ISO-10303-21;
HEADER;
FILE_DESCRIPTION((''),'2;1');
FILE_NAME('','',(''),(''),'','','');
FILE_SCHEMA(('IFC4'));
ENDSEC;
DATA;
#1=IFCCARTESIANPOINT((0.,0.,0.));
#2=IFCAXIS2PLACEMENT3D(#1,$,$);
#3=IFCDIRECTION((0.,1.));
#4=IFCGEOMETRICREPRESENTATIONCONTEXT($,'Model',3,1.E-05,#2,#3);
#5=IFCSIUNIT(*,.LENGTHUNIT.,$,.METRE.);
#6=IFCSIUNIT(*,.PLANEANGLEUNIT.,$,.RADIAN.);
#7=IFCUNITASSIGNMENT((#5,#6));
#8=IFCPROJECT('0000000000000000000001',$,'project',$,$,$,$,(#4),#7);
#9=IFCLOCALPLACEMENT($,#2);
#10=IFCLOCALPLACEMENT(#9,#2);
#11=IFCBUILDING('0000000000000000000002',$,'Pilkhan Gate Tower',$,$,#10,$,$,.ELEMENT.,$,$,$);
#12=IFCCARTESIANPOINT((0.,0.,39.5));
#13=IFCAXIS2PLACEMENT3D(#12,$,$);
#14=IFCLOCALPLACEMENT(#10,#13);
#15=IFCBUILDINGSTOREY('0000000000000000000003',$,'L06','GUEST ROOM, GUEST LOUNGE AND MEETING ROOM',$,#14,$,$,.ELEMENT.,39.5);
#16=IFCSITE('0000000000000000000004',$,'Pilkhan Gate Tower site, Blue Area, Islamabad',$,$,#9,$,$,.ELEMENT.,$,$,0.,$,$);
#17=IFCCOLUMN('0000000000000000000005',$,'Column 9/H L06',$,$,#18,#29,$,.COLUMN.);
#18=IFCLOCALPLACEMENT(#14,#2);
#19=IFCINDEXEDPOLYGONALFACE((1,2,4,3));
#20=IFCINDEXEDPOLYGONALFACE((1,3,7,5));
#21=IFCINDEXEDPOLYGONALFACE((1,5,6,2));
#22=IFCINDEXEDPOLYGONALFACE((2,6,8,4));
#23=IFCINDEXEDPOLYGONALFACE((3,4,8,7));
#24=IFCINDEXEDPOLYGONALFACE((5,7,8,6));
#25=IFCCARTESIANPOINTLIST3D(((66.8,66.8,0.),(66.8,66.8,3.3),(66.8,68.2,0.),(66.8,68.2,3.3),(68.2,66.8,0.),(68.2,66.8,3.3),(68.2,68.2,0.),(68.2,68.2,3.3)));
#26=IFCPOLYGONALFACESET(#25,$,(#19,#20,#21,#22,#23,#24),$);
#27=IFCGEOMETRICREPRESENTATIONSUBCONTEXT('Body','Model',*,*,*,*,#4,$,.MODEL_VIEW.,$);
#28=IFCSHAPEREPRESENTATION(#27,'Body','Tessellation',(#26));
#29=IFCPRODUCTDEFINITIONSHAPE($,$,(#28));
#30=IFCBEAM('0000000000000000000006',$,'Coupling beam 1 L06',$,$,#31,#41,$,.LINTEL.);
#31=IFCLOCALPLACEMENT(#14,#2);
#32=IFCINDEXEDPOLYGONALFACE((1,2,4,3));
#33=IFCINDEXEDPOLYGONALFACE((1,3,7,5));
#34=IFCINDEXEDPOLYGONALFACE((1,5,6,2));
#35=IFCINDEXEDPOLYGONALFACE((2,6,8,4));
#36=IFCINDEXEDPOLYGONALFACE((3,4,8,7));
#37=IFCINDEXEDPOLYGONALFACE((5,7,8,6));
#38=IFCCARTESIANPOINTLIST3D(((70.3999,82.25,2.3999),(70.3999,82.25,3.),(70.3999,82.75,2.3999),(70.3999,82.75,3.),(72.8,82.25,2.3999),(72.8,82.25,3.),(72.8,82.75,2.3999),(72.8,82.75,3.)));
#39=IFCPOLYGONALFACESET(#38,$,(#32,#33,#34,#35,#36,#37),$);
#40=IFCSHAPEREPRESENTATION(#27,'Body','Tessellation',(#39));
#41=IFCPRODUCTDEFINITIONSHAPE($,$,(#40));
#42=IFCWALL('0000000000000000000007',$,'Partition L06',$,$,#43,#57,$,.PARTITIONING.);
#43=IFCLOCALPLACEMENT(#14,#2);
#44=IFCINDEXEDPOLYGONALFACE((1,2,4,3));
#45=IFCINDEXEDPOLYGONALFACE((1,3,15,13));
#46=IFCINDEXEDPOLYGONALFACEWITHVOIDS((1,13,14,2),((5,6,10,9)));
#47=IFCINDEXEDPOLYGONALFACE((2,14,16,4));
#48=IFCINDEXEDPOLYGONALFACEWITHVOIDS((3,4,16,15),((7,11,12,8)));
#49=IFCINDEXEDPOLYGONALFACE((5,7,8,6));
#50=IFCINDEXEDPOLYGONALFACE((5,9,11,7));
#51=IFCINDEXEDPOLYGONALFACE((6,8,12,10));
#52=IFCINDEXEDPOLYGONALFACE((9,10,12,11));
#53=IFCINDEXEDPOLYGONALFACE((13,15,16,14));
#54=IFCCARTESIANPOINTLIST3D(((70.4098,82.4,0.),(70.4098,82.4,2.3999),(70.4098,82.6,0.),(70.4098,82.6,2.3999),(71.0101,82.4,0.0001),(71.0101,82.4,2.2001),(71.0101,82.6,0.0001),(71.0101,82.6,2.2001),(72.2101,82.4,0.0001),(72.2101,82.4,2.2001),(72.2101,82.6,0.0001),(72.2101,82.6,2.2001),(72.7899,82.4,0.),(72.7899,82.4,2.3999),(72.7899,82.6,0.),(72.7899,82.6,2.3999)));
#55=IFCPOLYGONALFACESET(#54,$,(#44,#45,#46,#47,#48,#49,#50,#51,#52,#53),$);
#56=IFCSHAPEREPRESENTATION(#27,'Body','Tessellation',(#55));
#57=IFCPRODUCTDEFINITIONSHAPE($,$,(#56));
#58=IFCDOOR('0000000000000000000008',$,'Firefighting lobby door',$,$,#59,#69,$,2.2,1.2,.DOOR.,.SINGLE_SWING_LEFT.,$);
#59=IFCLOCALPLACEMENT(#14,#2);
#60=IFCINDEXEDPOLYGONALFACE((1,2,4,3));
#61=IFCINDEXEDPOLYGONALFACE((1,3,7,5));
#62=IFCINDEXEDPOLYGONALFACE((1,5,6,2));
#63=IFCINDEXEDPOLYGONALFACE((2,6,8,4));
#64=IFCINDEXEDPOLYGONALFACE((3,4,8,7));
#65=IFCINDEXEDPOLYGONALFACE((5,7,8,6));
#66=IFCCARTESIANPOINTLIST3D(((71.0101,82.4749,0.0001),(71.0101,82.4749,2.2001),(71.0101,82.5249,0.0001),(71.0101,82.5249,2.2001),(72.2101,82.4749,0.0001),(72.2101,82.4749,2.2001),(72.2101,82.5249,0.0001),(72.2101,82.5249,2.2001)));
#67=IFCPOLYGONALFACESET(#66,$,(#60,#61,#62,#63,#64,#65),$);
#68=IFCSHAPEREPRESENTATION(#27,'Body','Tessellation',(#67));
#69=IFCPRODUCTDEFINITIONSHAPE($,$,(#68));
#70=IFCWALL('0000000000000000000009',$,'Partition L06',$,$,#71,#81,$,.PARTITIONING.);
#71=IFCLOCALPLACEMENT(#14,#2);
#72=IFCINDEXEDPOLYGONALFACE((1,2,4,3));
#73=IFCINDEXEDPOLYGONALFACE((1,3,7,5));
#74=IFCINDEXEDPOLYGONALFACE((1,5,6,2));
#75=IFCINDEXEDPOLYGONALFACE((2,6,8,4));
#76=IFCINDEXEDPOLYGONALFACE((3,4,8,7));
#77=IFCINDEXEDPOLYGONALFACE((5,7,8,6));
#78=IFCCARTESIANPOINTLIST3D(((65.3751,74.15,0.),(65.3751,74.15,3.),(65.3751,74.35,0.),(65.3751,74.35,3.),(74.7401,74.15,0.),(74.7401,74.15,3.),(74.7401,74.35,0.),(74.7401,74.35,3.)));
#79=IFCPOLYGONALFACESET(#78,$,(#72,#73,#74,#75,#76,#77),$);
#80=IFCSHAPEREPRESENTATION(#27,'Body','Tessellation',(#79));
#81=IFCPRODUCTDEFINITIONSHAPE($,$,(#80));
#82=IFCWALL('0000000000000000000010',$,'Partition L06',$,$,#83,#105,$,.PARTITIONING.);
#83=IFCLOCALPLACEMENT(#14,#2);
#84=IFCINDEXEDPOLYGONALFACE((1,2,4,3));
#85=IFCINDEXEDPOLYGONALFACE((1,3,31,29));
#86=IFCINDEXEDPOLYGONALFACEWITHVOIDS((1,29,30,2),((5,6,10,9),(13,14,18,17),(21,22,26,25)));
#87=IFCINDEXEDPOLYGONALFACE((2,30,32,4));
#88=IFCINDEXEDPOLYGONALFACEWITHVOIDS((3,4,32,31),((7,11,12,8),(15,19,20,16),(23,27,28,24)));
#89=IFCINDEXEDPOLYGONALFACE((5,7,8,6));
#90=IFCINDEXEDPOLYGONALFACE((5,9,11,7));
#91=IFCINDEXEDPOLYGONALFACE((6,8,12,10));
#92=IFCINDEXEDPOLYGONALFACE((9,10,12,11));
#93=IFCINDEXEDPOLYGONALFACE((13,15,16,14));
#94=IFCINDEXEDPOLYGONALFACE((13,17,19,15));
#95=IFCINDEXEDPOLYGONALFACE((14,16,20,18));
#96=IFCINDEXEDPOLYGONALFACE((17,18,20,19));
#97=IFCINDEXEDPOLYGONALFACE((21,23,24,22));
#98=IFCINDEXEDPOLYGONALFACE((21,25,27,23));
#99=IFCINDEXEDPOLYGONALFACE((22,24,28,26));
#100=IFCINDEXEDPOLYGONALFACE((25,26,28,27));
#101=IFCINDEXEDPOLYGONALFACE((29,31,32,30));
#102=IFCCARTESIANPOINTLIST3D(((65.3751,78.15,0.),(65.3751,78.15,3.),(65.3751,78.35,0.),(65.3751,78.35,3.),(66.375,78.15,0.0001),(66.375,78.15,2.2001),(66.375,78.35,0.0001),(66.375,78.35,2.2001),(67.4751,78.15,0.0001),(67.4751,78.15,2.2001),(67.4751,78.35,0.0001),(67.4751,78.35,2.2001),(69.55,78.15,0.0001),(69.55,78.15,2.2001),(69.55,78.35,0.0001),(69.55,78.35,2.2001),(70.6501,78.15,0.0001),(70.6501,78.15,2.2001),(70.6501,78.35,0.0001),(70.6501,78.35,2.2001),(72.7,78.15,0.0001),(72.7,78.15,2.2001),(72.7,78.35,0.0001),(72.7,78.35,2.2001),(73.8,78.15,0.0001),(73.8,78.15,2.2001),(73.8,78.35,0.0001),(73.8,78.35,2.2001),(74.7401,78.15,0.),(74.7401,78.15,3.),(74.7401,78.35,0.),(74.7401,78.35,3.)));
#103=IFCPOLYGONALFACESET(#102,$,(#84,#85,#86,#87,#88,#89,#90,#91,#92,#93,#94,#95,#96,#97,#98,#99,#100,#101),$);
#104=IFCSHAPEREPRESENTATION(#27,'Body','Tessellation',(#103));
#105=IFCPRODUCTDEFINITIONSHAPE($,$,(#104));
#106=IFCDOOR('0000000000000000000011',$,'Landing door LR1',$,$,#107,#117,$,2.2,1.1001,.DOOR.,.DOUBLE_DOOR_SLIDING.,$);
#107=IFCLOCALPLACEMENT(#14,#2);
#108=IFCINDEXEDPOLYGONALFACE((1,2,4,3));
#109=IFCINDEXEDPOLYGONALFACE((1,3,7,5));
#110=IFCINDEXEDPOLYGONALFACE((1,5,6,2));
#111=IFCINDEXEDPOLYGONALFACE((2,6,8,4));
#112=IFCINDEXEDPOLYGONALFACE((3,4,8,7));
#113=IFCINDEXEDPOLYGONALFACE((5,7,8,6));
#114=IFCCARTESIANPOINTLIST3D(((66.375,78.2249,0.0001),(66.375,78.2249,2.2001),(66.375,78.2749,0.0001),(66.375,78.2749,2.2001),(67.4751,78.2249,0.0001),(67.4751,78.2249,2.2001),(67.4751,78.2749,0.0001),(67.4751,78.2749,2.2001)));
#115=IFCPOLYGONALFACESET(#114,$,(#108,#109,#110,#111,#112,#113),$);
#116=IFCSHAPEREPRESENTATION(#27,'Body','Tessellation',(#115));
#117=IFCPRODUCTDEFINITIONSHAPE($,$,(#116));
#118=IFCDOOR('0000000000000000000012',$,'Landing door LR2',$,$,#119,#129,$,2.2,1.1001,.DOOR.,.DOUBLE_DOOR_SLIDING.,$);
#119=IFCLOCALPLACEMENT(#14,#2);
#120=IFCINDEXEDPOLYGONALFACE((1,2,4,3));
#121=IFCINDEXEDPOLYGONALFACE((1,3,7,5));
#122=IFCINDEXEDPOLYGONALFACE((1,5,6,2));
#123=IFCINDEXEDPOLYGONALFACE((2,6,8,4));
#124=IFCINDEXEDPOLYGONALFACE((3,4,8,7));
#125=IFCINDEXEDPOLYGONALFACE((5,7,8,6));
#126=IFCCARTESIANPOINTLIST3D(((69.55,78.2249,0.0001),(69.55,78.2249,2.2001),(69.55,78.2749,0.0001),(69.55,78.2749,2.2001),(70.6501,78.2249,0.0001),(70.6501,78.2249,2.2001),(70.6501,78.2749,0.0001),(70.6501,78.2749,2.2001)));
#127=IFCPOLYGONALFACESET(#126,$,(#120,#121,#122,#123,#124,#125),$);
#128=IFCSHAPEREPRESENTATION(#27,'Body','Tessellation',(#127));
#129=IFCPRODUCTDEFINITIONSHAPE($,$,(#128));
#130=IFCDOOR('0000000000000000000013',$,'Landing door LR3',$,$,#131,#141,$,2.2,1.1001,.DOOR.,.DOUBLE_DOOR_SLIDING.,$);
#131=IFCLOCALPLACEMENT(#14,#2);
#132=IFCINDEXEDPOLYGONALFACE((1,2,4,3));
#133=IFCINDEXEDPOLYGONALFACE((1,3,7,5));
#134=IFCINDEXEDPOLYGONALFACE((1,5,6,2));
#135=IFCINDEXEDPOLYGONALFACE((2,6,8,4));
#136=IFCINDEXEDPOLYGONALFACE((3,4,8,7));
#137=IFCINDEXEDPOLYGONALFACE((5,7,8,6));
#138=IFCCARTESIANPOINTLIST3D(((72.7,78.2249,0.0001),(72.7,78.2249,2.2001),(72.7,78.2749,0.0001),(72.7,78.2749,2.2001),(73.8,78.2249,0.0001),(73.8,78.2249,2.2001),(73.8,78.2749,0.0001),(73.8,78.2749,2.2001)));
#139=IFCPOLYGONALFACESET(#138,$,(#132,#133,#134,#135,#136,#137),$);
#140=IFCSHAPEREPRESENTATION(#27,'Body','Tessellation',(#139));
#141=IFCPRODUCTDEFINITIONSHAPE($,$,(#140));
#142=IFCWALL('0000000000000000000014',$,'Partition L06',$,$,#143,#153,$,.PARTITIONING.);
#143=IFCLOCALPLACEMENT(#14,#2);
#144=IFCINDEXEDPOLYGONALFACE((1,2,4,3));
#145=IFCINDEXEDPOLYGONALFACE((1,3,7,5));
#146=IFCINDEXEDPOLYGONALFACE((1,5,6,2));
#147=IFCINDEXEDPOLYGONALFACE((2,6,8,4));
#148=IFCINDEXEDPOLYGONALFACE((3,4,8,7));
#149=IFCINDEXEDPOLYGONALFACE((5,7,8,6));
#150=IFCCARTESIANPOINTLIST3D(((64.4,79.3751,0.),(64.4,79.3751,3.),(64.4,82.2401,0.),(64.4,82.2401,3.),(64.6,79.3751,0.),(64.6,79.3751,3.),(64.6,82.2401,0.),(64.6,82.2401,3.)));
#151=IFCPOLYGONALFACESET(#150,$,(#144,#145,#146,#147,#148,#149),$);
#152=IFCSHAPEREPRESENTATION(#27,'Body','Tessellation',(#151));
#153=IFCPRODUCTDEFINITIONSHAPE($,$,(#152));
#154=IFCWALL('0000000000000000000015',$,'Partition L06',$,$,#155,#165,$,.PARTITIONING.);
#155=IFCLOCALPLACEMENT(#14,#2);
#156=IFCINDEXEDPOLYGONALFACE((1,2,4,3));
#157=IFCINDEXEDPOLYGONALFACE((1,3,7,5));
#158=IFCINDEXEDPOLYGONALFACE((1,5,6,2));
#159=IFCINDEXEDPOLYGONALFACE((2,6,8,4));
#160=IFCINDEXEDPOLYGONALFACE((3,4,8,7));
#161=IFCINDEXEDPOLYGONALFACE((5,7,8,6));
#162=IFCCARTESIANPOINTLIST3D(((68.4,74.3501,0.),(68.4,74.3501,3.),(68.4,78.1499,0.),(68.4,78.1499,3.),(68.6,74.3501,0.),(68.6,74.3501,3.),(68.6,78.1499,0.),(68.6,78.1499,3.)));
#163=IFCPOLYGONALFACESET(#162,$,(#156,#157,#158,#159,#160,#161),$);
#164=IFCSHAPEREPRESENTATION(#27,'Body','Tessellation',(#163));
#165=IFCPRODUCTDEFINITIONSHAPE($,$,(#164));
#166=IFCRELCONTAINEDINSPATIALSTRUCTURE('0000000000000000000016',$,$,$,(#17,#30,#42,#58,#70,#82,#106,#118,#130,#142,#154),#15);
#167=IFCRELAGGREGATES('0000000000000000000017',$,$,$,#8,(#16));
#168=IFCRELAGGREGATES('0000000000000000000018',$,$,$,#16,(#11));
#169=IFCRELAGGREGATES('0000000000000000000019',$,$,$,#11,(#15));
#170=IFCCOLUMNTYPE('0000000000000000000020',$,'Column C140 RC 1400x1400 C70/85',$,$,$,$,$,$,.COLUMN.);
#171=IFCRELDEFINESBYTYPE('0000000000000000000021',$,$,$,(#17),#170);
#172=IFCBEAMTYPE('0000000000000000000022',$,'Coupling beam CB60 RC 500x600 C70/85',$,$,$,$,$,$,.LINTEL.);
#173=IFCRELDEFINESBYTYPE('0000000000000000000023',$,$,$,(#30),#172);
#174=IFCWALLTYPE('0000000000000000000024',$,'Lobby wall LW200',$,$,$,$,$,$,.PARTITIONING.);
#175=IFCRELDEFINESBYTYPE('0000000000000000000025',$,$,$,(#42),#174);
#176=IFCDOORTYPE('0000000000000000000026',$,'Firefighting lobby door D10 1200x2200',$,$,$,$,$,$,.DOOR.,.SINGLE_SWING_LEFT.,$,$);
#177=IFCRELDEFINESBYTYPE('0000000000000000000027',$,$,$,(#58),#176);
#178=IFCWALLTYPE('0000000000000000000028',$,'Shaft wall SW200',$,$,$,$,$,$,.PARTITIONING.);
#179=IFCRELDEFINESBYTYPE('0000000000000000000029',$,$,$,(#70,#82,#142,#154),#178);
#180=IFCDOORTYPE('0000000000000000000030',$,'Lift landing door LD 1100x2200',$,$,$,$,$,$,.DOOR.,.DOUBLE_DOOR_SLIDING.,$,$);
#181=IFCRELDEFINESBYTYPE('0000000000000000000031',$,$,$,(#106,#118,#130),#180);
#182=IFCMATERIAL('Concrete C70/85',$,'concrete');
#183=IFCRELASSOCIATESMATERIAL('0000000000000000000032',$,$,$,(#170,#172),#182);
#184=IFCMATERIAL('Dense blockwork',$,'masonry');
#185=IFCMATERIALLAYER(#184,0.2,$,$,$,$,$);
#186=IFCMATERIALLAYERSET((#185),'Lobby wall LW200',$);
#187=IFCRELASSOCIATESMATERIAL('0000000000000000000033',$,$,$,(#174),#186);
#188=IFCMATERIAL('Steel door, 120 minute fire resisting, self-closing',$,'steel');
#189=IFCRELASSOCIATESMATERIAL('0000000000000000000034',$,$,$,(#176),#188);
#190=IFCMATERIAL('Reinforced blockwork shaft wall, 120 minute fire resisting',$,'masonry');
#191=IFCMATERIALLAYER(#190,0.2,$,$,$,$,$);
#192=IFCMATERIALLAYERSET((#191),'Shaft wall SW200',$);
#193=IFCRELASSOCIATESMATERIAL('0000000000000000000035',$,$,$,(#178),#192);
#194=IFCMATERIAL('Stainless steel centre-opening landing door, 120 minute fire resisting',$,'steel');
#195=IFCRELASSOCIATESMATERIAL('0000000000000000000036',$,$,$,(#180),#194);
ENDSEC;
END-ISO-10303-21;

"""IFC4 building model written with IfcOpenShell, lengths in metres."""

from ifc_helpers import new_model, si_unit, direction, frame, frame_2d, origin, origin_2d, place, context, subcontext, project, spatial, rectangle, extrude, material, layer, layer_set, material_profile, profile_set, type_object, element, fill, save


model = new_model("IFC4")

# Units and contexts
model_context = context("Model", 3, precision=1e-05, world=origin(), true_north=direction((0.0, 1.0)))
body_context = subcontext(model_context, "Body", "Model", "MODEL_VIEW")
ifc_project = project(units=[si_unit("LENGTHUNIT", "METRE"), si_unit("PLANEANGLEUNIT", "RADIAN")], contexts=[model_context])

# Site, building, storey
site_placement = place(None, origin())
site = spatial("IfcSite", under=ifc_project, at=site_placement, Name="Pilkhan Gate Tower site, Blue Area, Islamabad", CompositionType="ELEMENT", RefElevation=0.0)
building_placement = place(site_placement, origin())
building = spatial("IfcBuilding", under=site, at=building_placement, Name="Pilkhan Gate Tower", CompositionType="ELEMENT")
storey_placement = place(building_placement, frame((0.0, 0.0, 39.5)))
storey = spatial("IfcBuildingStorey", under=building, at=storey_placement, Name="L06", Description="GUEST ROOM, GUEST LOUNGE AND MEETING ROOM", CompositionType="ELEMENT", Elevation=39.5)

# Column
ifc_material_1 = material(Name="Concrete C70/85", Category="concrete")
ifc_material_profile_1 = material_profile(ifc_material_1, rectangle(XDim=1.3999, YDim=1.3999, at=origin_2d()), Name="RC 1400x1400")
ifc_profile_set_1 = profile_set([ifc_material_profile_1], Name="Concrete C70/85")
column_type = type_object("IfcColumnType", Name="Column C140 RC 1400x1400 C70/85", PredefinedType="COLUMN", material=ifc_profile_set_1)
column_placement = place(storey_placement, frame((67.5, 67.5, 0.0), z_axis=(0.0, 0.0, 1.0), x_axis=(1.0, 0.0, 0.0)))
element("IfcColumn", 1, at=column_placement, inside=storey, type_object=column_type, Name="Column 9/H L06", PredefinedType="COLUMN", context=body_context, shape_type="SweptSolid", body=[
    extrude(rectangle(XDim=1.3999, YDim=1.3999, at=origin_2d()), origin(), (0.0, 0.0, 1.0), 3.3),
])

# Beam
ifc_material_profile_2 = material_profile(ifc_material_1, rectangle(XDim=0.5, YDim=0.6001, at=origin_2d()), Name="RC 500x600")
ifc_profile_set_2 = profile_set([ifc_material_profile_2], Name="Concrete C70/85")
beam_type = type_object("IfcBeamType", Name="Coupling beam CB60 RC 500x600 C70/85", PredefinedType="LINTEL", material=ifc_profile_set_2)
beam_placement = place(storey_placement, frame((70.3999, 82.5, 2.7), z_axis=(1.0, 0.0, 0.0), x_axis=(0.0, 1.0, 0.0)))
element("IfcBeam", 2, at=beam_placement, inside=storey, type_object=beam_type, Name="Coupling beam 1 L06", PredefinedType="LINTEL", context=body_context, shape_type="SweptSolid", body=[
    extrude(rectangle(XDim=0.5, YDim=0.6001, at=origin_2d()), origin(), (0.0, 0.0, 1.0), 2.4001),
])

# Wall, opening, door
ifc_material_2 = material(Name="Dense blockwork", Category="masonry")
ifc_layer_1 = layer(ifc_material_2, 0.2)
ifc_layer_set_1 = layer_set([ifc_layer_1], Name="Lobby wall LW200")
wall_type_1 = type_object("IfcWallType", Name="Lobby wall LW200", PredefinedType="PARTITIONING", material=ifc_layer_set_1)
wall_1_placement = place(storey_placement, frame((70.4099, 82.5, 0.0), z_axis=(0.0, 0.0, 1.0), x_axis=(1.0, 0.0, 0.0)))
wall_1 = element("IfcWall", 3, at=wall_1_placement, inside=storey, type_object=wall_type_1, Name="Partition L06", PredefinedType="PARTITIONING", context=body_context, shape_type="SweptSolid", body=[
    extrude(rectangle(XDim=2.3801, YDim=0.2, at=frame_2d((1.1899, 0.0))), origin(), (0.0, 0.0, 1.0), 2.3999),
])
opening_1_placement = place(wall_1_placement, frame((0.6001, 0.0, 0.0)))
opening_1 = element("IfcOpeningElement", 4, at=opening_1_placement, cuts=wall_1, PredefinedType="OPENING", context=body_context, shape_type="SweptSolid", body=[
    extrude(rectangle(XDim=1.2, YDim=2.2, at=frame_2d((0.6001, 1.1001))), frame((0.0, 0.1099, 0.0), z_axis=(0.0, -1.0, 0.0), x_axis=(1.0, 0.0, 0.0)), (0.0, 0.0, 1.0), 0.22),
])
ifc_material_3 = material(Name="Steel door, 120 minute fire resisting, self-closing", Category="steel")
door_type_1 = type_object("IfcDoorType", Name="Firefighting lobby door D10 1200x2200", OperationType="SINGLE_SWING_LEFT", PredefinedType="DOOR", material=ifc_material_3)
door_1_placement = place(opening_1_placement, origin())
door_1 = element("IfcDoor", 5, at=door_1_placement, inside=storey, type_object=door_type_1, Name="Firefighting lobby door", OperationType="SINGLE_SWING_LEFT", OverallHeight=2.2, OverallWidth=1.2, PredefinedType="DOOR", context=body_context, shape_type="SweptSolid", body=[
    extrude(rectangle(XDim=1.2, YDim=2.2, at=frame_2d((0.6001, 1.1001))), frame((0.0, 0.0249, 0.0), z_axis=(0.0, -1.0, 0.0), x_axis=(1.0, 0.0, 0.0)), (0.0, 0.0, 1.0), 0.05),
])
fill(opening_1, door_1)

# Wall
ifc_material_4 = material(Name="Reinforced blockwork shaft wall, 120 minute fire resisting", Category="masonry")
ifc_layer_2 = layer(ifc_material_4, 0.2)
ifc_layer_set_2 = layer_set([ifc_layer_2], Name="Shaft wall SW200")
wall_type_2 = type_object("IfcWallType", Name="Shaft wall SW200", PredefinedType="PARTITIONING", material=ifc_layer_set_2)
wall_2_placement = place(storey_placement, frame((65.375, 74.25, 0.0), z_axis=(0.0, 0.0, 1.0), x_axis=(1.0, 0.0, 0.0)))
element("IfcWall", 6, at=wall_2_placement, inside=storey, type_object=wall_type_2, Name="Partition L06", PredefinedType="PARTITIONING", context=body_context, shape_type="SweptSolid", body=[
    extrude(rectangle(XDim=9.365, YDim=0.2, at=frame_2d((4.6826, 0.0))), origin(), (0.0, 0.0, 1.0), 3.0),
])

# Wall, openings, doors
wall_3_placement = place(storey_placement, frame((65.375, 78.25, 0.0), z_axis=(0.0, 0.0, 1.0), x_axis=(1.0, 0.0, 0.0)))
wall_3 = element("IfcWall", 7, at=wall_3_placement, inside=storey, type_object=wall_type_2, Name="Partition L06", PredefinedType="PARTITIONING", context=body_context, shape_type="SweptSolid", body=[
    extrude(rectangle(XDim=9.365, YDim=0.2, at=frame_2d((4.6826, 0.0))), origin(), (0.0, 0.0, 1.0), 3.0),
])
opening_2_placement = place(wall_3_placement, frame((1.0, 0.0, 0.0)))
opening_2 = element("IfcOpeningElement", 8, at=opening_2_placement, cuts=wall_3, PredefinedType="OPENING", context=body_context, shape_type="SweptSolid", body=[
    extrude(rectangle(XDim=1.1001, YDim=2.2, at=frame_2d((0.55, 1.1001))), frame((0.0, 0.1099, 0.0), z_axis=(0.0, -1.0, 0.0), x_axis=(1.0, 0.0, 0.0)), (0.0, 0.0, 1.0), 0.22),
])
opening_3_placement = place(wall_3_placement, frame((4.175, 0.0, 0.0)))
opening_3 = element("IfcOpeningElement", 9, at=opening_3_placement, cuts=wall_3, PredefinedType="OPENING", context=body_context, shape_type="SweptSolid", body=[
    extrude(rectangle(XDim=1.1001, YDim=2.2, at=frame_2d((0.55, 1.1001))), frame((0.0, 0.1099, 0.0), z_axis=(0.0, -1.0, 0.0), x_axis=(1.0, 0.0, 0.0)), (0.0, 0.0, 1.0), 0.22),
])
opening_4_placement = place(wall_3_placement, frame((7.325, 0.0, 0.0)))
opening_4 = element("IfcOpeningElement", 10, at=opening_4_placement, cuts=wall_3, PredefinedType="OPENING", context=body_context, shape_type="SweptSolid", body=[
    extrude(rectangle(XDim=1.1001, YDim=2.2, at=frame_2d((0.55, 1.1001))), frame((0.0, 0.1099, 0.0), z_axis=(0.0, -1.0, 0.0), x_axis=(1.0, 0.0, 0.0)), (0.0, 0.0, 1.0), 0.22),
])
ifc_material_5 = material(Name="Stainless steel centre-opening landing door, 120 minute fire resisting", Category="steel")
door_type_2 = type_object("IfcDoorType", Name="Lift landing door LD 1100x2200", OperationType="DOUBLE_DOOR_SLIDING", PredefinedType="DOOR", material=ifc_material_5)
door_2_placement = place(opening_2_placement, origin())
door_2 = element("IfcDoor", 11, at=door_2_placement, inside=storey, type_object=door_type_2, Name="Landing door LR1", OperationType="DOUBLE_DOOR_SLIDING", OverallHeight=2.2, OverallWidth=1.1001, PredefinedType="DOOR", context=body_context, shape_type="SweptSolid", body=[
    extrude(rectangle(XDim=1.1001, YDim=2.2, at=frame_2d((0.55, 1.1001))), frame((0.0, 0.0249, 0.0), z_axis=(0.0, -1.0, 0.0), x_axis=(1.0, 0.0, 0.0)), (0.0, 0.0, 1.0), 0.05),
])
fill(opening_2, door_2)
door_3_placement = place(opening_3_placement, origin())
door_3 = element("IfcDoor", 12, at=door_3_placement, inside=storey, type_object=door_type_2, Name="Landing door LR2", OperationType="DOUBLE_DOOR_SLIDING", OverallHeight=2.2, OverallWidth=1.1001, PredefinedType="DOOR", context=body_context, shape_type="SweptSolid", body=[
    extrude(rectangle(XDim=1.1001, YDim=2.2, at=frame_2d((0.55, 1.1001))), frame((0.0, 0.0249, 0.0), z_axis=(0.0, -1.0, 0.0), x_axis=(1.0, 0.0, 0.0)), (0.0, 0.0, 1.0), 0.05),
])
fill(opening_3, door_3)
door_4_placement = place(opening_4_placement, origin())
door_4 = element("IfcDoor", 13, at=door_4_placement, inside=storey, type_object=door_type_2, Name="Landing door LR3", OperationType="DOUBLE_DOOR_SLIDING", OverallHeight=2.2, OverallWidth=1.1001, PredefinedType="DOOR", context=body_context, shape_type="SweptSolid", body=[
    extrude(rectangle(XDim=1.1001, YDim=2.2, at=frame_2d((0.55, 1.1001))), frame((0.0, 0.0249, 0.0), z_axis=(0.0, -1.0, 0.0), x_axis=(1.0, 0.0, 0.0)), (0.0, 0.0, 1.0), 0.05),
])
fill(opening_4, door_4)

# Walls
wall_4_placement = place(storey_placement, frame((64.5, 79.375, 0.0), z_axis=(0.0, 0.0, 1.0), x_axis=(0.0, 1.0, 0.0)))
element("IfcWall", 14, at=wall_4_placement, inside=storey, type_object=wall_type_2, Name="Partition L06", PredefinedType="PARTITIONING", context=body_context, shape_type="SweptSolid", body=[
    extrude(rectangle(XDim=2.865, YDim=0.2, at=frame_2d((1.4326, 0.0))), origin(), (0.0, 0.0, 1.0), 3.0),
])
for number, where, z_axis, x_axis, name in (
    (15, (68.5, 74.3501, 0.0), (0.0, 0.0, 1.0), (0.0, 1.0, 0.0), "Partition L06"),
):
    element("IfcWall", number, at=place(storey_placement, frame(where, z_axis=z_axis, x_axis=x_axis)), inside=storey, type_object=wall_type_2, Name=name, PredefinedType="PARTITIONING", context=body_context, shape_type="SweptSolid", body=[
        extrude(rectangle(XDim=3.7998, YDim=0.2, at=frame_2d((1.8999, 0.0))), origin(), (0.0, 0.0, 1.0), 3.0),
    ])

save(model, "model.ifc")
